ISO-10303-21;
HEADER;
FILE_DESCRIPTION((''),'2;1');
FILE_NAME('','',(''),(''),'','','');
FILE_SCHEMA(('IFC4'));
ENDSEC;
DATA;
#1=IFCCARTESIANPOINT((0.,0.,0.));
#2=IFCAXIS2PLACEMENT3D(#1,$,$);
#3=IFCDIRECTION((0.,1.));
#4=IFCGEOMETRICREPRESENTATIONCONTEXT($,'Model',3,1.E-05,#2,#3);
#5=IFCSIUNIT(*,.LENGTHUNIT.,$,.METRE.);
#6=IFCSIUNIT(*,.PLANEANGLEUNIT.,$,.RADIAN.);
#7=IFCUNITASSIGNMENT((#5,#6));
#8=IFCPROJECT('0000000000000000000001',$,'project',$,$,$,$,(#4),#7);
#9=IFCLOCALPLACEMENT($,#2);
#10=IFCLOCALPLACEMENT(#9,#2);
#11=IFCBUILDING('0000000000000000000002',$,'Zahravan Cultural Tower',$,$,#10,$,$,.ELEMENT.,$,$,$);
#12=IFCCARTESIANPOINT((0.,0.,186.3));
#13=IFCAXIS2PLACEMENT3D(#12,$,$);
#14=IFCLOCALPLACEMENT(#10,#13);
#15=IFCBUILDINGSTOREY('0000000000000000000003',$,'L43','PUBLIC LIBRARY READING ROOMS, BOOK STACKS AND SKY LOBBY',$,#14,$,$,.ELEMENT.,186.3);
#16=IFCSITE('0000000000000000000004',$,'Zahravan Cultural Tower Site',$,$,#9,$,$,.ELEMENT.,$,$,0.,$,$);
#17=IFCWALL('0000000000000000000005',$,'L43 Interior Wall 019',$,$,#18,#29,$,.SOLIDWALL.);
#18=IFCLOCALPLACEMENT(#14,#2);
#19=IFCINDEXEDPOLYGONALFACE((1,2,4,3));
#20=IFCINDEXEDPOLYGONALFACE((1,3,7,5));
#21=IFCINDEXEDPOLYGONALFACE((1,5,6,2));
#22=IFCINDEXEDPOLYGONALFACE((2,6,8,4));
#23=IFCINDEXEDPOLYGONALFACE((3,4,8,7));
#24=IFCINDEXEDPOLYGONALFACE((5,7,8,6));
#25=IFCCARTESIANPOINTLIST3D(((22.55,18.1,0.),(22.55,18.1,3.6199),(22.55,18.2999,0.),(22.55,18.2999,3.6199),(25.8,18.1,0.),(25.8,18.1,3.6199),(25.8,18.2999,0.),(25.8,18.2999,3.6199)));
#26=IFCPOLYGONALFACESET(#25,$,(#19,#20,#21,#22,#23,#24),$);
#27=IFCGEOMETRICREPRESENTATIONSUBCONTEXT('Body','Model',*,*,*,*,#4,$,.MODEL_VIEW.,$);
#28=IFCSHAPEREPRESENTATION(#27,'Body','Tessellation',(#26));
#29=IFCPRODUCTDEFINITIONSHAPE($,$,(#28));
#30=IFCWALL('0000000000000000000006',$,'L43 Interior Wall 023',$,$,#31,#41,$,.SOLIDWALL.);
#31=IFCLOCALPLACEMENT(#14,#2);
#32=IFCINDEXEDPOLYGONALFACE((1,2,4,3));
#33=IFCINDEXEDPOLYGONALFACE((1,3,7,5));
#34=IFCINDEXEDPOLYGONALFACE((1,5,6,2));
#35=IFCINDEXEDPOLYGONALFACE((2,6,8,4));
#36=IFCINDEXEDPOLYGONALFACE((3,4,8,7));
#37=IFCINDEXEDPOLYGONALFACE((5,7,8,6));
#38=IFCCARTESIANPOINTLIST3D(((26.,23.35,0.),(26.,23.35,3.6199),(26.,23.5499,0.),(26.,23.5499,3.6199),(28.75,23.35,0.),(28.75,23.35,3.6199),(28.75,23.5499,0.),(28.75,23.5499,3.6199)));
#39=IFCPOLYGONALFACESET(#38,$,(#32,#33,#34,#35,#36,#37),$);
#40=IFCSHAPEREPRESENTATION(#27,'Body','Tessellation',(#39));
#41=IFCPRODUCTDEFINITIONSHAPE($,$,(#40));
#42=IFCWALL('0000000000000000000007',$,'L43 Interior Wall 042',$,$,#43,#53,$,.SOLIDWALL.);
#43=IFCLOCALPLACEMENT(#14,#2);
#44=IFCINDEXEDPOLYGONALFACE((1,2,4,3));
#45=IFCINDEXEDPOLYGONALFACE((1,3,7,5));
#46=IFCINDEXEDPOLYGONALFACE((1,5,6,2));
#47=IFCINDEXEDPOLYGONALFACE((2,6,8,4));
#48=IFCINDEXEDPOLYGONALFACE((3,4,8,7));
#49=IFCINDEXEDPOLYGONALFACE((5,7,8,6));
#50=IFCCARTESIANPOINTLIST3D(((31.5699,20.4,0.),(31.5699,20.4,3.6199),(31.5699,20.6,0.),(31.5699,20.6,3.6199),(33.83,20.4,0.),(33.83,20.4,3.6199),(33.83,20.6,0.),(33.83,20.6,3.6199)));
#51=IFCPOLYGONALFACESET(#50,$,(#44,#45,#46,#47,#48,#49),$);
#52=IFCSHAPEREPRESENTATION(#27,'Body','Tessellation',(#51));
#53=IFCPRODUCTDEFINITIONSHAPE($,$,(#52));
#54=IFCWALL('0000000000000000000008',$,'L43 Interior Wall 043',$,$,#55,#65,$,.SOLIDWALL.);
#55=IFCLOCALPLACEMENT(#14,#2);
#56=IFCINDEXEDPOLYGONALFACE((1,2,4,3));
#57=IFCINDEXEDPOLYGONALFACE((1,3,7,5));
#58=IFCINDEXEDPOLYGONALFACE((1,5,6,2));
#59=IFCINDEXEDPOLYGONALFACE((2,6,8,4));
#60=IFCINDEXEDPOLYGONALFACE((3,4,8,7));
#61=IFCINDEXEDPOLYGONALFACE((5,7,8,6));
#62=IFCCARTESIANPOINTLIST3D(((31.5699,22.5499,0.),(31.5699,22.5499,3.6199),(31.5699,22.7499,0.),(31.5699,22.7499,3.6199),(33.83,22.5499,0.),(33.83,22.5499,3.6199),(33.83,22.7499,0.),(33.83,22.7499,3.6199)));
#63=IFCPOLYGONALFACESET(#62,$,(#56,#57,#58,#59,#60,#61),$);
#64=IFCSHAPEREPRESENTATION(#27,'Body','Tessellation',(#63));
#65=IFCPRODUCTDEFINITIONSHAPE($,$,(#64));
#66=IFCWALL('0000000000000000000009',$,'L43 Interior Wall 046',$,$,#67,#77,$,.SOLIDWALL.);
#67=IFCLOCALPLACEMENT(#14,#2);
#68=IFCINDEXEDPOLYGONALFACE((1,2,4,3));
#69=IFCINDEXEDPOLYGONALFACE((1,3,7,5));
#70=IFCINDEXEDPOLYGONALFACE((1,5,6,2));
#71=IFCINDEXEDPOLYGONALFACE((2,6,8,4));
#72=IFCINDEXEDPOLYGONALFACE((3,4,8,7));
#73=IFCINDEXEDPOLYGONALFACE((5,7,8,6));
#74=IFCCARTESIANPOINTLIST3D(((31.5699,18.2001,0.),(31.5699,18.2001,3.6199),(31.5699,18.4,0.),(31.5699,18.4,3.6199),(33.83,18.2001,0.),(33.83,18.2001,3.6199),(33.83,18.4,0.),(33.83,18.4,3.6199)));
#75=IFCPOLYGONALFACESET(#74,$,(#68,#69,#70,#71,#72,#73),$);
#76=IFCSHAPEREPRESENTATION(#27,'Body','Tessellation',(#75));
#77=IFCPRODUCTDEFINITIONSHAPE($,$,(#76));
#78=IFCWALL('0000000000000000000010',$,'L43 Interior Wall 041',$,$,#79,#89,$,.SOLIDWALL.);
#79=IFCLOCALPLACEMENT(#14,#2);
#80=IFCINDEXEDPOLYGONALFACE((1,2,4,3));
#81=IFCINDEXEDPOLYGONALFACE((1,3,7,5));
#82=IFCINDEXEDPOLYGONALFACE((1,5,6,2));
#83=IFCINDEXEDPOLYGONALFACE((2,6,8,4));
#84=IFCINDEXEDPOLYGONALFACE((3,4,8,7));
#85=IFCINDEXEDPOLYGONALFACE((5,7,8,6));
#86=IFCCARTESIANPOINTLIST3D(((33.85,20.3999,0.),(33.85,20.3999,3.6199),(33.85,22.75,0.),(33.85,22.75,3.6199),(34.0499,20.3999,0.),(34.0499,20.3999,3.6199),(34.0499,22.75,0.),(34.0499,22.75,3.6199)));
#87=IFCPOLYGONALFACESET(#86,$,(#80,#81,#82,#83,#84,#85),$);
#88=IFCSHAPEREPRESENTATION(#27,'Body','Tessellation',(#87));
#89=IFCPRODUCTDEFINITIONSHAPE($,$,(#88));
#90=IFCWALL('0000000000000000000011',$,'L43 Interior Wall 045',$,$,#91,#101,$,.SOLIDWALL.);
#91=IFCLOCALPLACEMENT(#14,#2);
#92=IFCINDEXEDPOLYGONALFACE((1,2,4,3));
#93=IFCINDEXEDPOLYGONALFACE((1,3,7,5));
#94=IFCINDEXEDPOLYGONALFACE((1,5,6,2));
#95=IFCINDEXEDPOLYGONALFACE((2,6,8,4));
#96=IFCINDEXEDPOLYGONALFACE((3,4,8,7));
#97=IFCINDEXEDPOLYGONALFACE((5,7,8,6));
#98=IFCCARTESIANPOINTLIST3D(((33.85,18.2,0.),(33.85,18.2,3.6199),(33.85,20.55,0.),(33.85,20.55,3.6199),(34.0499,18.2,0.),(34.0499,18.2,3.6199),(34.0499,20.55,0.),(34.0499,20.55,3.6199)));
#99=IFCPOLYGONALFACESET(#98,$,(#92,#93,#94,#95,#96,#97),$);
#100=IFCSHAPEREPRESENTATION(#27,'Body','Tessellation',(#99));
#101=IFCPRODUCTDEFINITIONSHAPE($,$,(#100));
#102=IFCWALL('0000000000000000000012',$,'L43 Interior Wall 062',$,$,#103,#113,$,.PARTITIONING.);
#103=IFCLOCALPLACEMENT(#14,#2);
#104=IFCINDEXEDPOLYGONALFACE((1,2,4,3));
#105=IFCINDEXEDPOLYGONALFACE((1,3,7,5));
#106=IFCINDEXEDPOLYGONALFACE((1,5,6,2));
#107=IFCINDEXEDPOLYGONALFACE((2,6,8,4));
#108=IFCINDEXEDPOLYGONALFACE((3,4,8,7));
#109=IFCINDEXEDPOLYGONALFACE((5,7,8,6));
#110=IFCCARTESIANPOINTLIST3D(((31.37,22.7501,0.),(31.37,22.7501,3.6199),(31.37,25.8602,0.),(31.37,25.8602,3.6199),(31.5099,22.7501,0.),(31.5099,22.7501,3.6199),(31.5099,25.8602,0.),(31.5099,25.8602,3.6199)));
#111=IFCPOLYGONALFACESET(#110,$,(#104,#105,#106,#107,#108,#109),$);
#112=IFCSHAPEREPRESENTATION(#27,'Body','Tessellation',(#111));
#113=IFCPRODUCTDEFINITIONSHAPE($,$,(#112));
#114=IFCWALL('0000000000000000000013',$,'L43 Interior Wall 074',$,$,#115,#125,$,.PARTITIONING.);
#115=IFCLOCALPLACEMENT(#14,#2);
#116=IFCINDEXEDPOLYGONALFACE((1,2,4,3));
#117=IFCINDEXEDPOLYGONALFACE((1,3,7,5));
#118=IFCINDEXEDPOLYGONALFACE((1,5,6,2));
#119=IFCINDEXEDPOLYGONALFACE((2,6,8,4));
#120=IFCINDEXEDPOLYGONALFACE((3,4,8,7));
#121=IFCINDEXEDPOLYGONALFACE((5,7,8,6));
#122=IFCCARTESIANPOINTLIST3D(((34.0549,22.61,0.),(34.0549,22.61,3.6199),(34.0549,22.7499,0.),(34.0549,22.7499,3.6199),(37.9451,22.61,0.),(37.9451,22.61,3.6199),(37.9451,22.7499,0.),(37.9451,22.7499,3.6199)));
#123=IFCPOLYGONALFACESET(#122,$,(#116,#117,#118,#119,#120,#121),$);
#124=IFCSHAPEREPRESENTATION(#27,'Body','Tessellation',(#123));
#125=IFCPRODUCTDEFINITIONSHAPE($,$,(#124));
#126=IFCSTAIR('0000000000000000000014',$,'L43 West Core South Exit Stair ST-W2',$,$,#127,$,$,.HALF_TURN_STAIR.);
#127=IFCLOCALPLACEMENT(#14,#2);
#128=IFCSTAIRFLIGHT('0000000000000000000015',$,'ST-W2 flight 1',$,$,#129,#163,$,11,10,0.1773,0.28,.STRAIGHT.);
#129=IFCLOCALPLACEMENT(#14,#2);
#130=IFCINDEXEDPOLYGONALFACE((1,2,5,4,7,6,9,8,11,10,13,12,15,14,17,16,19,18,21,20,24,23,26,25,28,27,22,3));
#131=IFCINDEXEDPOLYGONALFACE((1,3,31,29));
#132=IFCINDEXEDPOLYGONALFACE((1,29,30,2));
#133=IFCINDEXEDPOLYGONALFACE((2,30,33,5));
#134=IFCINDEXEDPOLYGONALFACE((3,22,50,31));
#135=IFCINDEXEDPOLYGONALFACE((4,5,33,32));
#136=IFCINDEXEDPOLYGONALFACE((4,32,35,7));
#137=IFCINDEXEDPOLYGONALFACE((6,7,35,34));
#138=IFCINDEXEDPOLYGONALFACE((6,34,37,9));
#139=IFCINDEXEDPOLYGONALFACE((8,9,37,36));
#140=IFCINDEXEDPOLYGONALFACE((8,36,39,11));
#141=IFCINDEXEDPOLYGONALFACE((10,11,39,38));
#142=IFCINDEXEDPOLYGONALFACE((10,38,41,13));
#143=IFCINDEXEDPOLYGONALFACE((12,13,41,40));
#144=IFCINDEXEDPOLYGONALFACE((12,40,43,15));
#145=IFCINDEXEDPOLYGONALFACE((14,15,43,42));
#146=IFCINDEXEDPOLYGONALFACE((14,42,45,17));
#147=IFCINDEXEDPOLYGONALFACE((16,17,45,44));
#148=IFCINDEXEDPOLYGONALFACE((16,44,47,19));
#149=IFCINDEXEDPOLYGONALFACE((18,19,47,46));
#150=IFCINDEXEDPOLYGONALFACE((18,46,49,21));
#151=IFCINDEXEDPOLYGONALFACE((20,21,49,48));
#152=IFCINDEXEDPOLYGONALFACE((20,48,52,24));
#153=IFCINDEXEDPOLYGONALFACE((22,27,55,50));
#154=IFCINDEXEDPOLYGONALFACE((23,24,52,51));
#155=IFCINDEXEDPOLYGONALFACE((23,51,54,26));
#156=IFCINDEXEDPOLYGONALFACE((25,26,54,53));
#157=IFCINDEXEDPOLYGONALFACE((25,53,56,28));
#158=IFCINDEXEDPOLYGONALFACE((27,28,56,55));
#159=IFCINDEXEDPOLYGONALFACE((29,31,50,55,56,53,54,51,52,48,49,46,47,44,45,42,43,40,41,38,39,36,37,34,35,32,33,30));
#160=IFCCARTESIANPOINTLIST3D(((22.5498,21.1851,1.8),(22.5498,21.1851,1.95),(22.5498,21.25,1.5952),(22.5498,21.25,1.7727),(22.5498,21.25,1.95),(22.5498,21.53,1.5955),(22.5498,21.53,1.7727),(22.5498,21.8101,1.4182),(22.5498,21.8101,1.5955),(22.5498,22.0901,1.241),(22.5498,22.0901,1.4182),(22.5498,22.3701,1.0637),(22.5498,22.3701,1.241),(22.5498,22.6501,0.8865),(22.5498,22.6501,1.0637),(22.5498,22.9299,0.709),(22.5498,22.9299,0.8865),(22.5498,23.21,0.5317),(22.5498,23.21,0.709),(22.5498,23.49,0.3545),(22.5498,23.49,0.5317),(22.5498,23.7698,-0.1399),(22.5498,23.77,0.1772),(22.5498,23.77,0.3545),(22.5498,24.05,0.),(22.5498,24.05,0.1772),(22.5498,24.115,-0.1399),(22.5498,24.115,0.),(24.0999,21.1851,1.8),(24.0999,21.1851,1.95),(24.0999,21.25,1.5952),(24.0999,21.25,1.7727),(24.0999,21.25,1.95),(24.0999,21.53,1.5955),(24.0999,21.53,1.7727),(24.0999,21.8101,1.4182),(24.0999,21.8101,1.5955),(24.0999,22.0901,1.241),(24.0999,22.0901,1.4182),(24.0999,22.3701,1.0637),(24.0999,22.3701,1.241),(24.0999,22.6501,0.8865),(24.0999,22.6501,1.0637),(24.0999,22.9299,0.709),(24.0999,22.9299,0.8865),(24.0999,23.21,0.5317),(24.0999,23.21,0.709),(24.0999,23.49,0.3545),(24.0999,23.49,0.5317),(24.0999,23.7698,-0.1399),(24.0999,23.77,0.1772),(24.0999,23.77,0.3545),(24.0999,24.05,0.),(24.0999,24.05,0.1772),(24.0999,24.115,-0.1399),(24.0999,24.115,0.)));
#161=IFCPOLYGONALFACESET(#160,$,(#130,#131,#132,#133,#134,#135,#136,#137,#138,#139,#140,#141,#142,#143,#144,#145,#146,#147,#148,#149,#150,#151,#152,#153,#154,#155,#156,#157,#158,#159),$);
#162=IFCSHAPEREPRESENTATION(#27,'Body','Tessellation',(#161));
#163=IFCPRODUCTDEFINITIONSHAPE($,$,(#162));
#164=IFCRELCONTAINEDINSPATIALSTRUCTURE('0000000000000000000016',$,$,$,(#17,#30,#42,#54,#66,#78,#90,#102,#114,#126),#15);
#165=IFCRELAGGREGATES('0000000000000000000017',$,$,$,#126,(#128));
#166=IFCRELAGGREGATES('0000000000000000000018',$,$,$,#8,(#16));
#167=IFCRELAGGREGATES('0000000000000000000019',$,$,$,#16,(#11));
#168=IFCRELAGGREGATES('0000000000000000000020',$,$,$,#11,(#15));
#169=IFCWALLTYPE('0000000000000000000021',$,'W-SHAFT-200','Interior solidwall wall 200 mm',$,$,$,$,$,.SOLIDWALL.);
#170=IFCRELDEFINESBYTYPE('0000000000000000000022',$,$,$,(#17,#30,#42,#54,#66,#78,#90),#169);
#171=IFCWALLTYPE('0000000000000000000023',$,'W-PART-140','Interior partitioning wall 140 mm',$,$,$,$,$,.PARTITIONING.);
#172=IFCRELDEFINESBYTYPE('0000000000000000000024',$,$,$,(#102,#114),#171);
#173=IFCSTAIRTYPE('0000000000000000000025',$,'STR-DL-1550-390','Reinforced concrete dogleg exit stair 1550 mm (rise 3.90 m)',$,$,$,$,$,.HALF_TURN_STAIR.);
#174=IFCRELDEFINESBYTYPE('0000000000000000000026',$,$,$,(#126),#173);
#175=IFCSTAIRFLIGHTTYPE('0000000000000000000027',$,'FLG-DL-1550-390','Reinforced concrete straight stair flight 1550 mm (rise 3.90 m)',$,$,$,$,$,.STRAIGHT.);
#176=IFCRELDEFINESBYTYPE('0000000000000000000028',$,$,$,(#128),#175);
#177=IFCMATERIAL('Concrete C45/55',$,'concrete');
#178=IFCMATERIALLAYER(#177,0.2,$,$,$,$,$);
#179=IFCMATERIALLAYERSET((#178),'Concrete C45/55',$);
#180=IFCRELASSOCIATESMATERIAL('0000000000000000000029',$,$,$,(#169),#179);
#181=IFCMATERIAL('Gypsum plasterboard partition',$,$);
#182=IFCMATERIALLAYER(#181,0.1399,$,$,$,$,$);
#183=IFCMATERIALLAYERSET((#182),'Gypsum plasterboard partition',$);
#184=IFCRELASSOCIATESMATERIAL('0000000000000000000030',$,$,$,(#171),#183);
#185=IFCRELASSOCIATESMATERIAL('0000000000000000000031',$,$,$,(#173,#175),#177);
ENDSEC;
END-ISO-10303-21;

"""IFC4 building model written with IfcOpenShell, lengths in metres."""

from ifc_helpers import new_model, si_unit, direction, frame, frame_2d, origin, place, context, subcontext, project, spatial, polyline, rectangle, outline, extrude, source, transform, mapped, material, layer, layer_set, type_object, element, aggregate, save


model = new_model("IFC4")

# Units and contexts
model_context = context("Model", 3, precision=1e-05, world=origin(), true_north=direction((0.0, 1.0)))
body_context = subcontext(model_context, "Body", "Model", "MODEL_VIEW")
ifc_project = project(units=[si_unit("LENGTHUNIT", "METRE"), si_unit("PLANEANGLEUNIT", "RADIAN")], contexts=[model_context])

# Site, building, storey
site_placement = place(None, origin())
site = spatial("IfcSite", under=ifc_project, at=site_placement, Name="Zahravan Cultural Tower Site", CompositionType="ELEMENT", RefElevation=0.0)
building_placement = place(site_placement, origin())
building = spatial("IfcBuilding", under=site, at=building_placement, Name="Zahravan Cultural Tower", CompositionType="ELEMENT")
storey_placement = place(building_placement, frame((0.0, 0.0, 186.3)))
storey = spatial("IfcBuildingStorey", under=building, at=storey_placement, Name="L43", Description="PUBLIC LIBRARY READING ROOMS, BOOK STACKS AND SKY LOBBY", CompositionType="ELEMENT", Elevation=186.3)

# Shared definitions
ifc_material_1 = material(Name="Concrete C45/55", Category="concrete")
ifc_layer_1 = layer(ifc_material_1, 0.2)
ifc_layer_set_1 = layer_set([ifc_layer_1], Name="Concrete C45/55")
wall_type_1 = type_object("IfcWallType", Name="W-SHAFT-200", Description="Interior solidwall wall 200 mm", PredefinedType="SOLIDWALL", material=ifc_layer_set_1)

# Walls
shared_shape_1 = source(origin(), body_context, "Body", "SweptSolid", [
    extrude(rectangle(XDim=3.25, YDim=0.2, at=frame_2d((1.625, 0.0))), origin(), (0.0, 0.0, 1.0), 3.6199),
])
wall_1_placement = place(storey_placement, frame((22.55, 18.2, 0.0), z_axis=(0.0, 0.0, 1.0), x_axis=(1.0, 0.0, 0.0)))
element("IfcWall", 1, at=wall_1_placement, inside=storey, type_object=wall_type_1, Name="L43 Interior Wall 019", PredefinedType="SOLIDWALL", context=body_context, shape_type="MappedRepresentation", body=[
    mapped(shared_shape_1, transform((0.0, 0.0, 0.0), x_axis=(1.0, 0.0, 0.0), y_axis=(0.0, 1.0, 0.0), z_axis=(0.0, 0.0, 1.0), scale=1.0)),
])
shared_shape_2 = source(origin(), body_context, "Body", "SweptSolid", [
    extrude(rectangle(XDim=2.75, YDim=0.2, at=frame_2d((1.375, 0.0))), origin(), (0.0, 0.0, 1.0), 3.6199),
])
wall_2_placement = place(storey_placement, frame((26.0, 23.45, 0.0), z_axis=(0.0, 0.0, 1.0), x_axis=(1.0, 0.0, 0.0)))
element("IfcWall", 2, at=wall_2_placement, inside=storey, type_object=wall_type_1, Name="L43 Interior Wall 023", PredefinedType="SOLIDWALL", context=body_context, shape_type="MappedRepresentation", body=[
    mapped(shared_shape_2, transform((0.0, 0.0, 0.0), x_axis=(1.0, 0.0, 0.0), y_axis=(0.0, 1.0, 0.0), z_axis=(0.0, 0.0, 1.0), scale=1.0)),
])
shared_shape_3 = source(origin(), body_context, "Body", "SweptSolid", [
    extrude(rectangle(XDim=2.26, YDim=0.2, at=frame_2d((1.1299, 0.0))), origin(), (0.0, 0.0, 1.0), 3.6199),
])
for number, where, z_axis, x_axis, name in (
    (3, (31.5701, 20.5, 0.0), (0.0, 0.0, 1.0), (1.0, 0.0, 0.0), "L43 Interior Wall 042"),
    (4, (31.5701, 22.6499, 0.0), (0.0, 0.0, 1.0), (1.0, 0.0, 0.0), "L43 Interior Wall 043"),
    (5, (31.5701, 18.3, 0.0), (0.0, 0.0, 1.0), (1.0, 0.0, 0.0), "L43 Interior Wall 046"),
):
    element("IfcWall", number, at=place(storey_placement, frame(where, z_axis=z_axis, x_axis=x_axis)), inside=storey, type_object=wall_type_1, Name=name, PredefinedType="SOLIDWALL", context=body_context, shape_type="MappedRepresentation", body=[
        mapped(shared_shape_3, transform((0.0, 0.0, 0.0), x_axis=(1.0, 0.0, 0.0), y_axis=(0.0, 1.0, 0.0), z_axis=(0.0, 0.0, 1.0), scale=1.0)),
    ])
shared_shape_4 = source(origin(), body_context, "Body", "SweptSolid", [
    extrude(rectangle(XDim=2.3501, YDim=0.2, at=frame_2d((1.175, 0.0))), origin(), (0.0, 0.0, 1.0), 3.6199),
])
for number, where, z_axis, x_axis, name in (
    (6, (33.95, 20.3999, 0.0), (0.0, 0.0, 1.0), (0.0, 1.0, 0.0), "L43 Interior Wall 041"),
    (7, (33.95, 18.2, 0.0), (0.0, 0.0, 1.0), (0.0, 1.0, 0.0), "L43 Interior Wall 045"),
):
    element("IfcWall", number, at=place(storey_placement, frame(where, z_axis=z_axis, x_axis=x_axis)), inside=storey, type_object=wall_type_1, Name=name, PredefinedType="SOLIDWALL", context=body_context, shape_type="MappedRepresentation", body=[
        mapped(shared_shape_4, transform((0.0, 0.0, 0.0), x_axis=(1.0, 0.0, 0.0), y_axis=(0.0, 1.0, 0.0), z_axis=(0.0, 0.0, 1.0), scale=1.0)),
    ])
ifc_material_2 = material(Name="Gypsum plasterboard partition")
ifc_layer_2 = layer(ifc_material_2, 0.1399)
ifc_layer_set_2 = layer_set([ifc_layer_2], Name="Gypsum plasterboard partition")
wall_type_2 = type_object("IfcWallType", Name="W-PART-140", Description="Interior partitioning wall 140 mm", PredefinedType="PARTITIONING", material=ifc_layer_set_2)
shared_shape_5 = source(origin(), body_context, "Body", "SweptSolid", [
    extrude(rectangle(XDim=3.1101, YDim=0.1399, at=frame_2d((1.5552, 0.0))), origin(), (0.0, 0.0, 1.0), 3.6199),
])
wall_3_placement = place(storey_placement, frame((31.4399, 22.75, 0.0), z_axis=(0.0, 0.0, 1.0), x_axis=(0.0, 1.0, 0.0)))
element("IfcWall", 8, at=wall_3_placement, inside=storey, type_object=wall_type_2, Name="L43 Interior Wall 062", PredefinedType="PARTITIONING", context=body_context, shape_type="MappedRepresentation", body=[
    mapped(shared_shape_5, transform((0.0, 0.0, 0.0), x_axis=(1.0, 0.0, 0.0), y_axis=(0.0, 1.0, 0.0), z_axis=(0.0, 0.0, 1.0), scale=1.0)),
])
shared_shape_6 = source(origin(), body_context, "Body", "SweptSolid", [
    extrude(rectangle(XDim=3.8901, YDim=0.1399, at=frame_2d((1.9451, 0.0))), origin(), (0.0, 0.0, 1.0), 3.6199),
])
wall_4_placement = place(storey_placement, frame((34.0549, 22.6799, 0.0), z_axis=(0.0, 0.0, 1.0), x_axis=(1.0, 0.0, 0.0)))
element("IfcWall", 9, at=wall_4_placement, inside=storey, type_object=wall_type_2, Name="L43 Interior Wall 074", PredefinedType="PARTITIONING", context=body_context, shape_type="MappedRepresentation", body=[
    mapped(shared_shape_6, transform((0.0, 0.0, 0.0), x_axis=(1.0, 0.0, 0.0), y_axis=(0.0, 1.0, 0.0), z_axis=(0.0, 0.0, 1.0), scale=1.0)),
])

# Stair, stair flight
stair_type = type_object("IfcStairType", Name="STR-DL-1550-390", Description="Reinforced concrete dogleg exit stair 1550 mm (rise 3.90 m)", PredefinedType="HALF_TURN_STAIR", material=ifc_material_1)
stair_placement = place(storey_placement, origin())
stair = element("IfcStair", 10, at=stair_placement, inside=storey, type_object=stair_type, Name="L43 West Core South Exit Stair ST-W2", PredefinedType="HALF_TURN_STAIR")
stair_flight_type = type_object("IfcStairFlightType", Name="FLG-DL-1550-390", Description="Reinforced concrete straight stair flight 1550 mm (rise 3.90 m)", PredefinedType="STRAIGHT", material=ifc_material_1)
stair_flight_1_placement = place(storey_placement, frame((23.325, 24.05, 0.0), z_axis=(0.0, 0.0, 1.0), x_axis=(0.0, -1.0, 0.0)))
stair_flight_1 = element("IfcStairFlight", 11, at=stair_flight_1_placement, type_object=stair_flight_type, Name="ST-W2 flight 1", NumberOfRisers=11, NumberOfTreads=10, PredefinedType="STRAIGHT", RiserHeight=0.1773, TreadLength=0.28, context=body_context, shape_type="SweptSolid", body=[
    extrude(outline(polyline([(-0.0649, -0.1399), (-0.0649, 0.0), (0.0, 0.0), (0.0, 0.1772), (0.28, 0.1772), (0.28, 0.3545), (0.5601, 0.3545), (0.5601, 0.5317), (0.8401, 0.5317), (0.8401, 0.709), (1.1201, 0.709), (1.1201, 0.8865), (1.3999, 0.8865), (1.3999, 1.0637), (1.6799, 1.0637), (1.6799, 1.241), (1.96, 1.241), (1.96, 1.4182), (2.24, 1.4182), (2.24, 1.5955), (2.52, 1.5955), (2.52, 1.7727), (2.8, 1.7727), (2.8, 1.95), (2.865, 1.95), (2.865, 1.8), (2.8, 1.5952), (0.2803, -0.1399), (-0.0649, -0.1399)])), frame((0.0, 0.7749, 0.0), z_axis=(0.0, -1.0, 0.0), x_axis=(1.0, 0.0, 0.0)), (0.0, 0.0, 1.0), 1.55),
])
aggregate(stair, [stair_flight_1])

save(model, "model.ifc")
